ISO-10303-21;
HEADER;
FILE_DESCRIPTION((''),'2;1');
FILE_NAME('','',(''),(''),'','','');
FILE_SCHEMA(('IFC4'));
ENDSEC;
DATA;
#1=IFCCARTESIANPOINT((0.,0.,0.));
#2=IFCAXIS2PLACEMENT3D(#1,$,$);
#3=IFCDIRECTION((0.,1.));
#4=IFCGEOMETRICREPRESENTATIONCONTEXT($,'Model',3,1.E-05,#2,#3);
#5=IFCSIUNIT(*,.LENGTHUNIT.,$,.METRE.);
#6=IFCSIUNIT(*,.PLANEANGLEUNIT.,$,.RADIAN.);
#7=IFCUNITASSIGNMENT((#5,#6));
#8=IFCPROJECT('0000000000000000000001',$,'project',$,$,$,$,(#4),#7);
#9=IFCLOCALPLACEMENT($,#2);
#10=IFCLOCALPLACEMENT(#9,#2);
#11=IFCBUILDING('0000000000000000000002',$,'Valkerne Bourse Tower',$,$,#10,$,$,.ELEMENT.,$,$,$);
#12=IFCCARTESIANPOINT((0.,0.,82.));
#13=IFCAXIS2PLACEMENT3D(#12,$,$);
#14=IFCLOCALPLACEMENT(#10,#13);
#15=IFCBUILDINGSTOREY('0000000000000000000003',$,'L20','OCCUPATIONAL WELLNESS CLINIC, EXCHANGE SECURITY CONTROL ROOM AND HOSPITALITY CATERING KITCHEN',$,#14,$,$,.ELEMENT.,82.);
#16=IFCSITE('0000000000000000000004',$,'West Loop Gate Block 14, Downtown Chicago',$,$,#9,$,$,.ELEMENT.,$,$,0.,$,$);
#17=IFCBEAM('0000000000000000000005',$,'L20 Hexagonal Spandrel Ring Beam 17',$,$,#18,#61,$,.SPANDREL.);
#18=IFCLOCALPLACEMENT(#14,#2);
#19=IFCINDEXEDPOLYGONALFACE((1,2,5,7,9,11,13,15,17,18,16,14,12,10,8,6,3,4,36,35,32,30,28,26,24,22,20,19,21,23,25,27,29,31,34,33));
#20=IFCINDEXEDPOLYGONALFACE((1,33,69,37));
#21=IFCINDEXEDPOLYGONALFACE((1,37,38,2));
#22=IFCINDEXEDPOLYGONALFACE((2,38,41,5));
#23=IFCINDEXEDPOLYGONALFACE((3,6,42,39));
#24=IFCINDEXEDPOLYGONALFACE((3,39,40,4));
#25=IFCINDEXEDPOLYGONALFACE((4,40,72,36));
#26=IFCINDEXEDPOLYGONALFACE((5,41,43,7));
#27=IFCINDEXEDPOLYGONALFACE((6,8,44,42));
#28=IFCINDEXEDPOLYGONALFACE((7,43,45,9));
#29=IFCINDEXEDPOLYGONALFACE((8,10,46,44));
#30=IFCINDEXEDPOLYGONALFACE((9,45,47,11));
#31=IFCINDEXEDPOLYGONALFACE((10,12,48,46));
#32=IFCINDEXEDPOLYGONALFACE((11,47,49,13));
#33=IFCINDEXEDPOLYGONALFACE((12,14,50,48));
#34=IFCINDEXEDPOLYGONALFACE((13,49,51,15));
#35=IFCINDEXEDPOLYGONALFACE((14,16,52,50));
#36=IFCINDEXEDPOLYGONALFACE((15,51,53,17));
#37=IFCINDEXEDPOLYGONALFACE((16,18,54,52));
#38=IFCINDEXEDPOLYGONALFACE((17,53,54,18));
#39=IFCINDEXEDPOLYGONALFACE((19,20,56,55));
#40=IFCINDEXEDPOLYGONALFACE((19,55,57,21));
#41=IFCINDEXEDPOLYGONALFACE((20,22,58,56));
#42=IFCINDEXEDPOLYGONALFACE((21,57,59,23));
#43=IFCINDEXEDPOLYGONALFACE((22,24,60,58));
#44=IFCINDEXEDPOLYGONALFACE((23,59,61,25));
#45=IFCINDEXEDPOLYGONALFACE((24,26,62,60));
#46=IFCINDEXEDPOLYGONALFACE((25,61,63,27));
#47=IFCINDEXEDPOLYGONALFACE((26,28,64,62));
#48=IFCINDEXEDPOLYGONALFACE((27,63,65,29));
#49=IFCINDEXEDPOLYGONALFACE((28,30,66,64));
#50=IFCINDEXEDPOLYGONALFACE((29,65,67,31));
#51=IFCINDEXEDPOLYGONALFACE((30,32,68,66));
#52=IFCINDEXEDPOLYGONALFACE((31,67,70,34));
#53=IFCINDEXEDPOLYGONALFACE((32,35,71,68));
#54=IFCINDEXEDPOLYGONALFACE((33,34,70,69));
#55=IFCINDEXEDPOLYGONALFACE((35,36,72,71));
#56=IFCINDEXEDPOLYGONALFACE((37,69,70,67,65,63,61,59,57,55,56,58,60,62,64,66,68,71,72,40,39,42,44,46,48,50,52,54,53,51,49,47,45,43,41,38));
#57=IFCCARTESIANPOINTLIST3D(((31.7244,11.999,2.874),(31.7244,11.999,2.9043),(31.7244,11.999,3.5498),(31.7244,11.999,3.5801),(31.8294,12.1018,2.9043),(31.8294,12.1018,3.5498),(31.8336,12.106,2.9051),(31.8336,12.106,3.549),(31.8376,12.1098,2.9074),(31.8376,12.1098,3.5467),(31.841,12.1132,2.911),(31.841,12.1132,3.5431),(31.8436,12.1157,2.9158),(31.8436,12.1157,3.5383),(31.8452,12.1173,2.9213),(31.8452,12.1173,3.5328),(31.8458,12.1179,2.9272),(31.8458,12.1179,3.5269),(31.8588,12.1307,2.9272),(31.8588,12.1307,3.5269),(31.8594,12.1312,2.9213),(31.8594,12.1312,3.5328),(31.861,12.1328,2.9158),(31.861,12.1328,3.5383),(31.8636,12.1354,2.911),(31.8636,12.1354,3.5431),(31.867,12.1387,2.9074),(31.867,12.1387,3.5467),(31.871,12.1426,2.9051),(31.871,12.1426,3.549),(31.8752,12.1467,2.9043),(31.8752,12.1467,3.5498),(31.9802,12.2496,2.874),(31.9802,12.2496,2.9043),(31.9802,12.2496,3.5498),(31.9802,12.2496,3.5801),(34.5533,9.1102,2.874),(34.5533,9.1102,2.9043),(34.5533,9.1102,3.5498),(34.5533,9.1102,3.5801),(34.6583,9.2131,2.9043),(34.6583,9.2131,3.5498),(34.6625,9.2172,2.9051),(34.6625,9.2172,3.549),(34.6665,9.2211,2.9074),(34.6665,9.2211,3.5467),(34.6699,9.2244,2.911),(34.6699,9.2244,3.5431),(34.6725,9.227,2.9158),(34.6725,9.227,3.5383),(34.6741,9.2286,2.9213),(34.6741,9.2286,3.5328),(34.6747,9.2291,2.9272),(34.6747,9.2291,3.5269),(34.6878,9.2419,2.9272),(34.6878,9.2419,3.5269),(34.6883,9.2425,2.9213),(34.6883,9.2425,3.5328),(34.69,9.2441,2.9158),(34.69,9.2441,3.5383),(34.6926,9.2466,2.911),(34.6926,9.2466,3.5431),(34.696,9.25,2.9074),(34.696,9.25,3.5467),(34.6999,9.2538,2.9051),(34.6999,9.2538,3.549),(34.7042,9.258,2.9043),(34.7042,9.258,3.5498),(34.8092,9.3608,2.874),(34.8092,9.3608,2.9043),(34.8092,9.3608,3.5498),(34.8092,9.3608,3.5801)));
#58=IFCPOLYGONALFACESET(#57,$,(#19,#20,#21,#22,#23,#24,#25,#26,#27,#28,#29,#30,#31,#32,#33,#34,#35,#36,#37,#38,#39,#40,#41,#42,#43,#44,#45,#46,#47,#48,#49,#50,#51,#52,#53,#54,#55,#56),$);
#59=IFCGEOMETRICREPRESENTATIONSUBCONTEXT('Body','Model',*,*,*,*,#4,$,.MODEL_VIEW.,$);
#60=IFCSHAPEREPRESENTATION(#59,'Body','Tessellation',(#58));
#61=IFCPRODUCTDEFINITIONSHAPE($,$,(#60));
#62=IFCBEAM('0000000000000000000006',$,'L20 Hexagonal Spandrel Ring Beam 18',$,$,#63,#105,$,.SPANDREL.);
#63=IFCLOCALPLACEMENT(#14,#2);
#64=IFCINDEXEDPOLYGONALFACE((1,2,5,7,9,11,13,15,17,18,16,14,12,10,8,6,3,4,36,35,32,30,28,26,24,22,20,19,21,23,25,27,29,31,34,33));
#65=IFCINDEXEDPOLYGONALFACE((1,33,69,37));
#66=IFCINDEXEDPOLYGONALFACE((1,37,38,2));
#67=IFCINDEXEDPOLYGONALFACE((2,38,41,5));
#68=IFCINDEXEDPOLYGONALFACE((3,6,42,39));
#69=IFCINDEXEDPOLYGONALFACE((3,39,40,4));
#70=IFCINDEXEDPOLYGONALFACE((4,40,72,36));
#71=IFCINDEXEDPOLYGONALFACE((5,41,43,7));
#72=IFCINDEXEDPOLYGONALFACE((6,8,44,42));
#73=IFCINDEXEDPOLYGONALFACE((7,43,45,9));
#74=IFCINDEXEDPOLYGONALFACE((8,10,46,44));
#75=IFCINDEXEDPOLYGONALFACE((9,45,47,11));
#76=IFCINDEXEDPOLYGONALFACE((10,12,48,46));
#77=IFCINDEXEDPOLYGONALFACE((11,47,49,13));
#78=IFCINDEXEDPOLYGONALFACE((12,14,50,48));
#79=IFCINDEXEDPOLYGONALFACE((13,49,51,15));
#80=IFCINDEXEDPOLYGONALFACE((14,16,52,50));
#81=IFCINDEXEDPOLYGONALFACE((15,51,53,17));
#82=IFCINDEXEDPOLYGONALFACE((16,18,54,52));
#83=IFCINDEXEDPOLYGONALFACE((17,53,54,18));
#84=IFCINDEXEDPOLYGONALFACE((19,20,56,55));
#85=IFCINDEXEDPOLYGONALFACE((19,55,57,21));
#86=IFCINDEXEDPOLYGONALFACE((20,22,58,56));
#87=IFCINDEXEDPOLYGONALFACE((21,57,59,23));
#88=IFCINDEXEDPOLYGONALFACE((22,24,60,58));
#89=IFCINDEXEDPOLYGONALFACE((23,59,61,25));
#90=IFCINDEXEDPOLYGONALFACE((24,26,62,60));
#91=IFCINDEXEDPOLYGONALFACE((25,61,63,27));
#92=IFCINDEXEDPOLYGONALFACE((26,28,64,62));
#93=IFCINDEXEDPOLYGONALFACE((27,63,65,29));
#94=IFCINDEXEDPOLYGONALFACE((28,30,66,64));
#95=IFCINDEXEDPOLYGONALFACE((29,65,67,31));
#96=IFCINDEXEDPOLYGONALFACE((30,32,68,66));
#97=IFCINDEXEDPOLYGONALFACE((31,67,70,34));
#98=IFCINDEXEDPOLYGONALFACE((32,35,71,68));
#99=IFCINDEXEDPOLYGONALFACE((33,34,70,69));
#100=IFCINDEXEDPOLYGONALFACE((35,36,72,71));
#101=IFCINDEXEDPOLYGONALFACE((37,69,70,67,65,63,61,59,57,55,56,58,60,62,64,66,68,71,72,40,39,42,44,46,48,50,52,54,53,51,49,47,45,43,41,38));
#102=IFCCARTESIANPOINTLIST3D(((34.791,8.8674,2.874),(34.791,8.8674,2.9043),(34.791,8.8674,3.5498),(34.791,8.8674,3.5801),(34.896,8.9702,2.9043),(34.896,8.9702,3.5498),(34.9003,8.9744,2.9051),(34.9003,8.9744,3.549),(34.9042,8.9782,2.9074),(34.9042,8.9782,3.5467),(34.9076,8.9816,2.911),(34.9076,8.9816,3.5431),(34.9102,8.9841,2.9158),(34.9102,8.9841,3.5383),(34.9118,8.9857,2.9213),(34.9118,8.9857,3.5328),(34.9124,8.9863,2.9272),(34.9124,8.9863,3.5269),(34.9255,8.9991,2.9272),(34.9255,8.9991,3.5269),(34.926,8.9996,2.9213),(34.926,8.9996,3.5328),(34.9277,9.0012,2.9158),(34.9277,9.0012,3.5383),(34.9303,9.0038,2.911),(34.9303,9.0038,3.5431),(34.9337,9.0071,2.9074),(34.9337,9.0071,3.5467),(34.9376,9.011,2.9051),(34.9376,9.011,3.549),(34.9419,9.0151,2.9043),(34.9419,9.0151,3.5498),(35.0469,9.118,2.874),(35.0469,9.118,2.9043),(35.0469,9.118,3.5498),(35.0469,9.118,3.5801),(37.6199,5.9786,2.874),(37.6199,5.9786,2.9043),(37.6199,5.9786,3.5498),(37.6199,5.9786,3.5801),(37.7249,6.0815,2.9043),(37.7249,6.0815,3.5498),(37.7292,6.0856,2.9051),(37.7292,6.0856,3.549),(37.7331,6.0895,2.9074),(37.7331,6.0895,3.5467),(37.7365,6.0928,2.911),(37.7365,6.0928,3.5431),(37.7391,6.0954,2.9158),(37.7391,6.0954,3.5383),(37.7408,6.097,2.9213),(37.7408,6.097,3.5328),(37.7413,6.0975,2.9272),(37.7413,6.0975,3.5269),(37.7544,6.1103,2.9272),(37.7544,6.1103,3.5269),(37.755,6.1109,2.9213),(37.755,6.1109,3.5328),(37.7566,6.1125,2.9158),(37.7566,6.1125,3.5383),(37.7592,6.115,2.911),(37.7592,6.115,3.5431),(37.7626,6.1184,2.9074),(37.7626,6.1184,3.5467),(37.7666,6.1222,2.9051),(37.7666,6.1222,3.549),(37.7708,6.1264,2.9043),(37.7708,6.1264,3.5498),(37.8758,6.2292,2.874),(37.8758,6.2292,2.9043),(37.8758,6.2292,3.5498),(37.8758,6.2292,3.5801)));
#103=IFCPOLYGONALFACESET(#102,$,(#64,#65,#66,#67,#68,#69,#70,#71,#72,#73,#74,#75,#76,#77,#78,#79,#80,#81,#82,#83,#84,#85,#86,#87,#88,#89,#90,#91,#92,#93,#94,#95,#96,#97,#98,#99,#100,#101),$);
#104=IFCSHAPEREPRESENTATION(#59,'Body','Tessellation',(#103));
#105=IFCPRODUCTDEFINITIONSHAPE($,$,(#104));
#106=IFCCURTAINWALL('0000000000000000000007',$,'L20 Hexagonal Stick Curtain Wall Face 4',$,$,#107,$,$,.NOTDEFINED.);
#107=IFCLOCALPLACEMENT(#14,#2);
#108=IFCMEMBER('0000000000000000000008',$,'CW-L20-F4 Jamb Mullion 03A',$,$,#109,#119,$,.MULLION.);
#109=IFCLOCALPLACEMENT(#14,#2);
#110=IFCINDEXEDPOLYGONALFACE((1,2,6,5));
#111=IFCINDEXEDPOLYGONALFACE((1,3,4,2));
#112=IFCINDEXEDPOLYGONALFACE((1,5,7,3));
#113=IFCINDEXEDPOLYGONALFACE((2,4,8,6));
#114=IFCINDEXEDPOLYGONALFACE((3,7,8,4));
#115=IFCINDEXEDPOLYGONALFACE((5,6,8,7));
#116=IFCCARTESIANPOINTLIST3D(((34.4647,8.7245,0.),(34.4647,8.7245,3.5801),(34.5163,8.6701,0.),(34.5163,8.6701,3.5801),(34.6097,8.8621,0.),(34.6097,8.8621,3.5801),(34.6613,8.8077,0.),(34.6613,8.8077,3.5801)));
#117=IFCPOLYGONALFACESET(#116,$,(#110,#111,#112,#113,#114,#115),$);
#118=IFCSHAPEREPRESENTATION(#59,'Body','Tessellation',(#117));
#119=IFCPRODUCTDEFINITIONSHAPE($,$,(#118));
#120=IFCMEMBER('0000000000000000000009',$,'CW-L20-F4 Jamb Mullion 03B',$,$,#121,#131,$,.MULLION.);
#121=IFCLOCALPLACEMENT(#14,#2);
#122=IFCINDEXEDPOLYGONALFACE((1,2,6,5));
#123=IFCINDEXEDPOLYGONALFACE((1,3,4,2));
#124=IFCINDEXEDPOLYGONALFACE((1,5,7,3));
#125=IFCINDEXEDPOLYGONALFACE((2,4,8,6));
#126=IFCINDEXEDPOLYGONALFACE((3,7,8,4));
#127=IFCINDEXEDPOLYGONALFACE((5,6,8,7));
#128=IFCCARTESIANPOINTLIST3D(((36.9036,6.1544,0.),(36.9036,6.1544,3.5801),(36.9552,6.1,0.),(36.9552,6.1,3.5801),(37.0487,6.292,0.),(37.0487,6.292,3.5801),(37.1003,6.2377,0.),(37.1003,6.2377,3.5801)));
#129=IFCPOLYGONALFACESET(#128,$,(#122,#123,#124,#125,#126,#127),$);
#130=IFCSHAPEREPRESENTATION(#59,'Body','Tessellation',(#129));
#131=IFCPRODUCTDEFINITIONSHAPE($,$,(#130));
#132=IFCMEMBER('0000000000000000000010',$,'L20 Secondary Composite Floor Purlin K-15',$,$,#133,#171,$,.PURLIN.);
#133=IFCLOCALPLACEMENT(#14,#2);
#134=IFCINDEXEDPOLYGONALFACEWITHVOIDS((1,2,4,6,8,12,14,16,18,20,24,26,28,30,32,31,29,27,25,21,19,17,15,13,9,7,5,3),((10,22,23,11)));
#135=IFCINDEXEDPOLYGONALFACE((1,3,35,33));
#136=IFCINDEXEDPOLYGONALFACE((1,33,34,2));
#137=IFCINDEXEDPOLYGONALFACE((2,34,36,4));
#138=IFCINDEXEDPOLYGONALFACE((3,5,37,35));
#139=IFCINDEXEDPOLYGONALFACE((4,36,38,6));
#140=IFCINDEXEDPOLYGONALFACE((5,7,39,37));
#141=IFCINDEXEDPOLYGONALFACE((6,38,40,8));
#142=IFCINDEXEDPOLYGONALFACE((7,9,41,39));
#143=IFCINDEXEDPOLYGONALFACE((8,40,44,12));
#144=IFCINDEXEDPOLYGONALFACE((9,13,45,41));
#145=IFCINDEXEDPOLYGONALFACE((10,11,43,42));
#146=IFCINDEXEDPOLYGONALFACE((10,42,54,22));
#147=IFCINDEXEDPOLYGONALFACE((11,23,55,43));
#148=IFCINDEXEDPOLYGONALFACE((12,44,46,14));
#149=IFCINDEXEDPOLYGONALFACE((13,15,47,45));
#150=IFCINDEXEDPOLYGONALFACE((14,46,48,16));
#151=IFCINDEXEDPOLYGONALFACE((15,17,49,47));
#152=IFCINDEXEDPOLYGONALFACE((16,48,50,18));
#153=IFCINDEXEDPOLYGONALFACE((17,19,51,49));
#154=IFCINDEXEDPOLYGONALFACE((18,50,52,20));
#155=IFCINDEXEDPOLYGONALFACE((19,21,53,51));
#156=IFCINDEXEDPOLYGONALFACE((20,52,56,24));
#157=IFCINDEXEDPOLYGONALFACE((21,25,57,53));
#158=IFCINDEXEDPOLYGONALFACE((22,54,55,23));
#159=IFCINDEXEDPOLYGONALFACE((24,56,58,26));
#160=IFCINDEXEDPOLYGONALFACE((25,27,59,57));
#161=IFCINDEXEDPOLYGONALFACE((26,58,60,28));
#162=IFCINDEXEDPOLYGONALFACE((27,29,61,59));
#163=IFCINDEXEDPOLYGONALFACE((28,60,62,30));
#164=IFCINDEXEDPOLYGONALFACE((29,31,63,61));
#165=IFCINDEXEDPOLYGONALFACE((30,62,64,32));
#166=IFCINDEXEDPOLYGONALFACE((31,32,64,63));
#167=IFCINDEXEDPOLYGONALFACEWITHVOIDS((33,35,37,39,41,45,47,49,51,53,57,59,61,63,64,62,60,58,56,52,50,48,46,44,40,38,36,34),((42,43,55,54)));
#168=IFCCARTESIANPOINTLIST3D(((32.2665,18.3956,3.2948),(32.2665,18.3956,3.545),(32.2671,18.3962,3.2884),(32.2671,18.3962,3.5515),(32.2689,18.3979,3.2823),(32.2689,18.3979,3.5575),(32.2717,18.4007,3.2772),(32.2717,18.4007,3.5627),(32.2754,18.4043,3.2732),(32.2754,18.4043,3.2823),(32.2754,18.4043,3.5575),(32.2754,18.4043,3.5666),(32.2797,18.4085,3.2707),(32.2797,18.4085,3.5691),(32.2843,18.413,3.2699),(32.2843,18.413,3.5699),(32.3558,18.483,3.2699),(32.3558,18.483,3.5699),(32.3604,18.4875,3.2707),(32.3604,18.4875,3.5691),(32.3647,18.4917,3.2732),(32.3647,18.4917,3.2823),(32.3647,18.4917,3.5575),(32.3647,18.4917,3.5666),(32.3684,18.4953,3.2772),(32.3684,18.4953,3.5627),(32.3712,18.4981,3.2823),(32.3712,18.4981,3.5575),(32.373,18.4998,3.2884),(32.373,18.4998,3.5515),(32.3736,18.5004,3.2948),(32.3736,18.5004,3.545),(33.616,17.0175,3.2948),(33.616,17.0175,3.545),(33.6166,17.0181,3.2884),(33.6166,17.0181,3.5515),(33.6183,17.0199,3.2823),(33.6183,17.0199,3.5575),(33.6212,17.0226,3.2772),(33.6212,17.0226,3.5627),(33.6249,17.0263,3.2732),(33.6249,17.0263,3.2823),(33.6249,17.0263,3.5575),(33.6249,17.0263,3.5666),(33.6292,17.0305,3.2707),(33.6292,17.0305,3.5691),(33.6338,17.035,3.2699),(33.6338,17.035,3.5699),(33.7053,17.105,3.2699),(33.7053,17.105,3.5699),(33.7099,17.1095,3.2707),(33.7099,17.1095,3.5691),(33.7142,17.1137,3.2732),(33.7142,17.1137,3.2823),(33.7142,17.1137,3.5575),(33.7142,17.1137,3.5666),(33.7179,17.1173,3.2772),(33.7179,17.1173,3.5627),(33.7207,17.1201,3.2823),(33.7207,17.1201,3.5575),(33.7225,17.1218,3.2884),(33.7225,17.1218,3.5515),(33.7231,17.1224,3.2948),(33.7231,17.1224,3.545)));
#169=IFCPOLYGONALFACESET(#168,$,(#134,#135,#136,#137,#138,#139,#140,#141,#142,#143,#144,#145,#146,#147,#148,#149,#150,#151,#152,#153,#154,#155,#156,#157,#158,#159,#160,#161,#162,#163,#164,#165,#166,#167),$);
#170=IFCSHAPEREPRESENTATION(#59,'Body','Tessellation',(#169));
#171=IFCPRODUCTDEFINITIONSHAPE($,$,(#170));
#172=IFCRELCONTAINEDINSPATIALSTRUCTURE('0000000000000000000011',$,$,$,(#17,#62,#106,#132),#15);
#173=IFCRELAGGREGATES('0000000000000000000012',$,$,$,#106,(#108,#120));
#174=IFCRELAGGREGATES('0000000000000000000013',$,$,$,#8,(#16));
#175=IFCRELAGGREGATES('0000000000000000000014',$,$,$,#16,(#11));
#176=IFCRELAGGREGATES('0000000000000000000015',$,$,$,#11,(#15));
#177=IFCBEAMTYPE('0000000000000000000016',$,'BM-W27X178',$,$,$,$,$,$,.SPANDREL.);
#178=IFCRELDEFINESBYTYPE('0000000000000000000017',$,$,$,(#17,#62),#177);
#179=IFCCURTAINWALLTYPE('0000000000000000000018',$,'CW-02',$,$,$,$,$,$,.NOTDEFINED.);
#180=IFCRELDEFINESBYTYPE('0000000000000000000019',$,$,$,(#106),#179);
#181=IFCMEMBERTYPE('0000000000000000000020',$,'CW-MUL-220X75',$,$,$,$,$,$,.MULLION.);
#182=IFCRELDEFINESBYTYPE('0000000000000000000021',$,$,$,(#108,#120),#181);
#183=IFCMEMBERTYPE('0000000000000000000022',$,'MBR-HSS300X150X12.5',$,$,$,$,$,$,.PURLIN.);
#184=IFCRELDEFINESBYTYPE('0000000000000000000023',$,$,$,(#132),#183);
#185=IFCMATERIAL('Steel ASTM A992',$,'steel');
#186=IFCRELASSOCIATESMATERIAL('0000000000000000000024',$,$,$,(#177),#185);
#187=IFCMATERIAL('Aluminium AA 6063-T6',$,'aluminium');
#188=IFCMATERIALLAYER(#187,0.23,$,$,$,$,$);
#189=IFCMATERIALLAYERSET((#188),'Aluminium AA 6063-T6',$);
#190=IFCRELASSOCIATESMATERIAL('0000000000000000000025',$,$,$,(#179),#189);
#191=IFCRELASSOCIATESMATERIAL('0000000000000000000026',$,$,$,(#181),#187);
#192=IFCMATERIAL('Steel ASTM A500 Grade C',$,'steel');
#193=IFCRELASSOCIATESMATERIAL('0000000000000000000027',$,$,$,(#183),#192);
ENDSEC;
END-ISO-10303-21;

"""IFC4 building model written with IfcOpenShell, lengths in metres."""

from ifc_helpers import new_model, si_unit, direction, frame, origin, origin_2d, place, context, subcontext, project, spatial, rectangle, hollow_rectangle, i_section, extrude, material, layer, layer_set, material_profile, profile_set, type_object, element, aggregate, save


model = new_model("IFC4")

# Units and contexts
model_context = context("Model", 3, precision=1e-05, world=origin(), true_north=direction((0.0, 1.0)))
body_context = subcontext(model_context, "Body", "Model", "MODEL_VIEW")
ifc_project = project(units=[si_unit("LENGTHUNIT", "METRE"), si_unit("PLANEANGLEUNIT", "RADIAN")], contexts=[model_context])

# Site, building, storey
site_placement = place(None, origin())
site = spatial("IfcSite", under=ifc_project, at=site_placement, Name="West Loop Gate Block 14, Downtown Chicago", CompositionType="ELEMENT", RefElevation=0.0)
building_placement = place(site_placement, origin())
building = spatial("IfcBuilding", under=site, at=building_placement, Name="Valkerne Bourse Tower", CompositionType="ELEMENT")
storey_placement = place(building_placement, frame((0.0, 0.0, 82.0)))
storey = spatial("IfcBuildingStorey", under=building, at=storey_placement, Name="L20", Description="OCCUPATIONAL WELLNESS CLINIC, EXCHANGE SECURITY CONTROL ROOM AND HOSPITALITY CATERING KITCHEN", CompositionType="ELEMENT", Elevation=82.0)

# Beams
ifc_material_1 = material(Name="Steel ASTM A992", Category="steel")
ifc_material_profile_1 = material_profile(ifc_material_1, i_section(OverallWidth=0.3582, OverallDepth=0.7061, WebThickness=0.0183, FlangeThickness=0.0303, FilletRadius=0.0229, at=origin_2d()), Name="W27X178")
ifc_profile_set_1 = profile_set([ifc_material_profile_1], Name="Steel ASTM A992")
beam_type_1 = type_object("IfcBeamType", Name="BM-W27X178", PredefinedType="SPANDREL", material=ifc_profile_set_1)
for number, where, z_axis, x_axis, name in (
    (1, (31.8523, 12.1243, 3.2271), (0.699671, -0.714465, 0.0), (0.714465, 0.699671, 0.0), "L20 Hexagonal Spandrel Ring Beam 17"),
    (2, (34.9189, 8.9927, 3.2271), (0.699671, -0.714465, 0.0), (0.714465, 0.699671, 0.0), "L20 Hexagonal Spandrel Ring Beam 18"),
):
    element("IfcBeam", number, at=place(storey_placement, frame(where, z_axis=z_axis, x_axis=x_axis)), inside=storey, type_object=beam_type_1, Name=name, PredefinedType="SPANDREL", context=body_context, shape_type="SweptSolid", body=[
        extrude(i_section(OverallWidth=0.3582, OverallDepth=0.7061, WebThickness=0.0183, FlangeThickness=0.0303, FilletRadius=0.0229, at=origin_2d()), origin(), (0.0, 0.0, 1.0), 4.0432),
    ])

# Curtain wall, members
ifc_material_2 = material(Name="Aluminium AA 6063-T6", Category="aluminium")
ifc_layer_1 = layer(ifc_material_2, 0.23)
ifc_layer_set_1 = layer_set([ifc_layer_1], Name="Aluminium AA 6063-T6")
curtain_wall_type = type_object("IfcCurtainWallType", Name="CW-02", PredefinedType="NOTDEFINED", material=ifc_layer_set_1)
curtain_wall_placement = place(storey_placement, origin())
curtain_wall = element("IfcCurtainWall", 3, at=curtain_wall_placement, inside=storey, type_object=curtain_wall_type, Name="L20 Hexagonal Stick Curtain Wall Face 4", PredefinedType="NOTDEFINED")
ifc_material_profile_2 = material_profile(ifc_material_2, rectangle(XDim=0.075, YDim=0.2, at=origin_2d()), Name="CWM-75X200")
ifc_profile_set_2 = profile_set([ifc_material_profile_2], Name="Aluminium AA 6063-T6")
member_type_1 = type_object("IfcMemberType", Name="CW-MUL-220X75", PredefinedType="MULLION", material=ifc_profile_set_2)
member_1_placement = place(storey_placement, frame((34.563, 8.7661, 0.0), z_axis=(0.0, 0.0, 1.0), x_axis=(0.688338, -0.72539, 0.0)))
member_1 = element("IfcMember", 4, at=member_1_placement, type_object=member_type_1, Name="CW-L20-F4 Jamb Mullion 03A", PredefinedType="MULLION", context=body_context, shape_type="SweptSolid", body=[
    extrude(rectangle(XDim=0.075, YDim=0.2, at=origin_2d()), origin(), (0.0, 0.0, 1.0), 3.5801),
])
member_2_placement = place(storey_placement, frame((37.002, 6.196, 0.0), z_axis=(0.0, 0.0, 1.0), x_axis=(0.688338, -0.72539, 0.0)))
member_2 = element("IfcMember", 5, at=member_2_placement, type_object=member_type_1, Name="CW-L20-F4 Jamb Mullion 03B", PredefinedType="MULLION", context=body_context, shape_type="SweptSolid", body=[
    extrude(rectangle(XDim=0.075, YDim=0.2, at=origin_2d()), origin(), (0.0, 0.0, 1.0), 3.5801),
])

# Member
ifc_material_3 = material(Name="Steel ASTM A500 Grade C", Category="steel")
ifc_material_profile_3 = material_profile(ifc_material_3, hollow_rectangle(XDim=0.1499, YDim=0.3, WallThickness=0.0125, OuterFilletRadius=0.0249, at=origin_2d()), Name="HSS300X150X12.5")
ifc_profile_set_3 = profile_set([ifc_material_profile_3], Name="Steel ASTM A500 Grade C")
member_type_2 = type_object("IfcMemberType", Name="MBR-HSS300X150X12.5", PredefinedType="PURLIN", material=ifc_profile_set_3)
for number, where, z_axis, x_axis, name in (
    (6, (32.3201, 18.448, 3.4199), (0.699662, -0.714474, 0.0), (0.714474, 0.699662, 0.0), "L20 Secondary Composite Floor Purlin K-15"),
):
    element("IfcMember", number, at=place(storey_placement, frame(where, z_axis=z_axis, x_axis=x_axis)), inside=storey, type_object=member_type_2, Name=name, PredefinedType="PURLIN", context=body_context, shape_type="SweptSolid", body=[
        extrude(hollow_rectangle(XDim=0.1499, YDim=0.3, WallThickness=0.0125, OuterFilletRadius=0.0249, at=origin_2d()), origin(), (0.0, 0.0, 1.0), 1.9287),
    ])

aggregate(curtain_wall, [member_1, member_2])

save(model, "model.ifc")
